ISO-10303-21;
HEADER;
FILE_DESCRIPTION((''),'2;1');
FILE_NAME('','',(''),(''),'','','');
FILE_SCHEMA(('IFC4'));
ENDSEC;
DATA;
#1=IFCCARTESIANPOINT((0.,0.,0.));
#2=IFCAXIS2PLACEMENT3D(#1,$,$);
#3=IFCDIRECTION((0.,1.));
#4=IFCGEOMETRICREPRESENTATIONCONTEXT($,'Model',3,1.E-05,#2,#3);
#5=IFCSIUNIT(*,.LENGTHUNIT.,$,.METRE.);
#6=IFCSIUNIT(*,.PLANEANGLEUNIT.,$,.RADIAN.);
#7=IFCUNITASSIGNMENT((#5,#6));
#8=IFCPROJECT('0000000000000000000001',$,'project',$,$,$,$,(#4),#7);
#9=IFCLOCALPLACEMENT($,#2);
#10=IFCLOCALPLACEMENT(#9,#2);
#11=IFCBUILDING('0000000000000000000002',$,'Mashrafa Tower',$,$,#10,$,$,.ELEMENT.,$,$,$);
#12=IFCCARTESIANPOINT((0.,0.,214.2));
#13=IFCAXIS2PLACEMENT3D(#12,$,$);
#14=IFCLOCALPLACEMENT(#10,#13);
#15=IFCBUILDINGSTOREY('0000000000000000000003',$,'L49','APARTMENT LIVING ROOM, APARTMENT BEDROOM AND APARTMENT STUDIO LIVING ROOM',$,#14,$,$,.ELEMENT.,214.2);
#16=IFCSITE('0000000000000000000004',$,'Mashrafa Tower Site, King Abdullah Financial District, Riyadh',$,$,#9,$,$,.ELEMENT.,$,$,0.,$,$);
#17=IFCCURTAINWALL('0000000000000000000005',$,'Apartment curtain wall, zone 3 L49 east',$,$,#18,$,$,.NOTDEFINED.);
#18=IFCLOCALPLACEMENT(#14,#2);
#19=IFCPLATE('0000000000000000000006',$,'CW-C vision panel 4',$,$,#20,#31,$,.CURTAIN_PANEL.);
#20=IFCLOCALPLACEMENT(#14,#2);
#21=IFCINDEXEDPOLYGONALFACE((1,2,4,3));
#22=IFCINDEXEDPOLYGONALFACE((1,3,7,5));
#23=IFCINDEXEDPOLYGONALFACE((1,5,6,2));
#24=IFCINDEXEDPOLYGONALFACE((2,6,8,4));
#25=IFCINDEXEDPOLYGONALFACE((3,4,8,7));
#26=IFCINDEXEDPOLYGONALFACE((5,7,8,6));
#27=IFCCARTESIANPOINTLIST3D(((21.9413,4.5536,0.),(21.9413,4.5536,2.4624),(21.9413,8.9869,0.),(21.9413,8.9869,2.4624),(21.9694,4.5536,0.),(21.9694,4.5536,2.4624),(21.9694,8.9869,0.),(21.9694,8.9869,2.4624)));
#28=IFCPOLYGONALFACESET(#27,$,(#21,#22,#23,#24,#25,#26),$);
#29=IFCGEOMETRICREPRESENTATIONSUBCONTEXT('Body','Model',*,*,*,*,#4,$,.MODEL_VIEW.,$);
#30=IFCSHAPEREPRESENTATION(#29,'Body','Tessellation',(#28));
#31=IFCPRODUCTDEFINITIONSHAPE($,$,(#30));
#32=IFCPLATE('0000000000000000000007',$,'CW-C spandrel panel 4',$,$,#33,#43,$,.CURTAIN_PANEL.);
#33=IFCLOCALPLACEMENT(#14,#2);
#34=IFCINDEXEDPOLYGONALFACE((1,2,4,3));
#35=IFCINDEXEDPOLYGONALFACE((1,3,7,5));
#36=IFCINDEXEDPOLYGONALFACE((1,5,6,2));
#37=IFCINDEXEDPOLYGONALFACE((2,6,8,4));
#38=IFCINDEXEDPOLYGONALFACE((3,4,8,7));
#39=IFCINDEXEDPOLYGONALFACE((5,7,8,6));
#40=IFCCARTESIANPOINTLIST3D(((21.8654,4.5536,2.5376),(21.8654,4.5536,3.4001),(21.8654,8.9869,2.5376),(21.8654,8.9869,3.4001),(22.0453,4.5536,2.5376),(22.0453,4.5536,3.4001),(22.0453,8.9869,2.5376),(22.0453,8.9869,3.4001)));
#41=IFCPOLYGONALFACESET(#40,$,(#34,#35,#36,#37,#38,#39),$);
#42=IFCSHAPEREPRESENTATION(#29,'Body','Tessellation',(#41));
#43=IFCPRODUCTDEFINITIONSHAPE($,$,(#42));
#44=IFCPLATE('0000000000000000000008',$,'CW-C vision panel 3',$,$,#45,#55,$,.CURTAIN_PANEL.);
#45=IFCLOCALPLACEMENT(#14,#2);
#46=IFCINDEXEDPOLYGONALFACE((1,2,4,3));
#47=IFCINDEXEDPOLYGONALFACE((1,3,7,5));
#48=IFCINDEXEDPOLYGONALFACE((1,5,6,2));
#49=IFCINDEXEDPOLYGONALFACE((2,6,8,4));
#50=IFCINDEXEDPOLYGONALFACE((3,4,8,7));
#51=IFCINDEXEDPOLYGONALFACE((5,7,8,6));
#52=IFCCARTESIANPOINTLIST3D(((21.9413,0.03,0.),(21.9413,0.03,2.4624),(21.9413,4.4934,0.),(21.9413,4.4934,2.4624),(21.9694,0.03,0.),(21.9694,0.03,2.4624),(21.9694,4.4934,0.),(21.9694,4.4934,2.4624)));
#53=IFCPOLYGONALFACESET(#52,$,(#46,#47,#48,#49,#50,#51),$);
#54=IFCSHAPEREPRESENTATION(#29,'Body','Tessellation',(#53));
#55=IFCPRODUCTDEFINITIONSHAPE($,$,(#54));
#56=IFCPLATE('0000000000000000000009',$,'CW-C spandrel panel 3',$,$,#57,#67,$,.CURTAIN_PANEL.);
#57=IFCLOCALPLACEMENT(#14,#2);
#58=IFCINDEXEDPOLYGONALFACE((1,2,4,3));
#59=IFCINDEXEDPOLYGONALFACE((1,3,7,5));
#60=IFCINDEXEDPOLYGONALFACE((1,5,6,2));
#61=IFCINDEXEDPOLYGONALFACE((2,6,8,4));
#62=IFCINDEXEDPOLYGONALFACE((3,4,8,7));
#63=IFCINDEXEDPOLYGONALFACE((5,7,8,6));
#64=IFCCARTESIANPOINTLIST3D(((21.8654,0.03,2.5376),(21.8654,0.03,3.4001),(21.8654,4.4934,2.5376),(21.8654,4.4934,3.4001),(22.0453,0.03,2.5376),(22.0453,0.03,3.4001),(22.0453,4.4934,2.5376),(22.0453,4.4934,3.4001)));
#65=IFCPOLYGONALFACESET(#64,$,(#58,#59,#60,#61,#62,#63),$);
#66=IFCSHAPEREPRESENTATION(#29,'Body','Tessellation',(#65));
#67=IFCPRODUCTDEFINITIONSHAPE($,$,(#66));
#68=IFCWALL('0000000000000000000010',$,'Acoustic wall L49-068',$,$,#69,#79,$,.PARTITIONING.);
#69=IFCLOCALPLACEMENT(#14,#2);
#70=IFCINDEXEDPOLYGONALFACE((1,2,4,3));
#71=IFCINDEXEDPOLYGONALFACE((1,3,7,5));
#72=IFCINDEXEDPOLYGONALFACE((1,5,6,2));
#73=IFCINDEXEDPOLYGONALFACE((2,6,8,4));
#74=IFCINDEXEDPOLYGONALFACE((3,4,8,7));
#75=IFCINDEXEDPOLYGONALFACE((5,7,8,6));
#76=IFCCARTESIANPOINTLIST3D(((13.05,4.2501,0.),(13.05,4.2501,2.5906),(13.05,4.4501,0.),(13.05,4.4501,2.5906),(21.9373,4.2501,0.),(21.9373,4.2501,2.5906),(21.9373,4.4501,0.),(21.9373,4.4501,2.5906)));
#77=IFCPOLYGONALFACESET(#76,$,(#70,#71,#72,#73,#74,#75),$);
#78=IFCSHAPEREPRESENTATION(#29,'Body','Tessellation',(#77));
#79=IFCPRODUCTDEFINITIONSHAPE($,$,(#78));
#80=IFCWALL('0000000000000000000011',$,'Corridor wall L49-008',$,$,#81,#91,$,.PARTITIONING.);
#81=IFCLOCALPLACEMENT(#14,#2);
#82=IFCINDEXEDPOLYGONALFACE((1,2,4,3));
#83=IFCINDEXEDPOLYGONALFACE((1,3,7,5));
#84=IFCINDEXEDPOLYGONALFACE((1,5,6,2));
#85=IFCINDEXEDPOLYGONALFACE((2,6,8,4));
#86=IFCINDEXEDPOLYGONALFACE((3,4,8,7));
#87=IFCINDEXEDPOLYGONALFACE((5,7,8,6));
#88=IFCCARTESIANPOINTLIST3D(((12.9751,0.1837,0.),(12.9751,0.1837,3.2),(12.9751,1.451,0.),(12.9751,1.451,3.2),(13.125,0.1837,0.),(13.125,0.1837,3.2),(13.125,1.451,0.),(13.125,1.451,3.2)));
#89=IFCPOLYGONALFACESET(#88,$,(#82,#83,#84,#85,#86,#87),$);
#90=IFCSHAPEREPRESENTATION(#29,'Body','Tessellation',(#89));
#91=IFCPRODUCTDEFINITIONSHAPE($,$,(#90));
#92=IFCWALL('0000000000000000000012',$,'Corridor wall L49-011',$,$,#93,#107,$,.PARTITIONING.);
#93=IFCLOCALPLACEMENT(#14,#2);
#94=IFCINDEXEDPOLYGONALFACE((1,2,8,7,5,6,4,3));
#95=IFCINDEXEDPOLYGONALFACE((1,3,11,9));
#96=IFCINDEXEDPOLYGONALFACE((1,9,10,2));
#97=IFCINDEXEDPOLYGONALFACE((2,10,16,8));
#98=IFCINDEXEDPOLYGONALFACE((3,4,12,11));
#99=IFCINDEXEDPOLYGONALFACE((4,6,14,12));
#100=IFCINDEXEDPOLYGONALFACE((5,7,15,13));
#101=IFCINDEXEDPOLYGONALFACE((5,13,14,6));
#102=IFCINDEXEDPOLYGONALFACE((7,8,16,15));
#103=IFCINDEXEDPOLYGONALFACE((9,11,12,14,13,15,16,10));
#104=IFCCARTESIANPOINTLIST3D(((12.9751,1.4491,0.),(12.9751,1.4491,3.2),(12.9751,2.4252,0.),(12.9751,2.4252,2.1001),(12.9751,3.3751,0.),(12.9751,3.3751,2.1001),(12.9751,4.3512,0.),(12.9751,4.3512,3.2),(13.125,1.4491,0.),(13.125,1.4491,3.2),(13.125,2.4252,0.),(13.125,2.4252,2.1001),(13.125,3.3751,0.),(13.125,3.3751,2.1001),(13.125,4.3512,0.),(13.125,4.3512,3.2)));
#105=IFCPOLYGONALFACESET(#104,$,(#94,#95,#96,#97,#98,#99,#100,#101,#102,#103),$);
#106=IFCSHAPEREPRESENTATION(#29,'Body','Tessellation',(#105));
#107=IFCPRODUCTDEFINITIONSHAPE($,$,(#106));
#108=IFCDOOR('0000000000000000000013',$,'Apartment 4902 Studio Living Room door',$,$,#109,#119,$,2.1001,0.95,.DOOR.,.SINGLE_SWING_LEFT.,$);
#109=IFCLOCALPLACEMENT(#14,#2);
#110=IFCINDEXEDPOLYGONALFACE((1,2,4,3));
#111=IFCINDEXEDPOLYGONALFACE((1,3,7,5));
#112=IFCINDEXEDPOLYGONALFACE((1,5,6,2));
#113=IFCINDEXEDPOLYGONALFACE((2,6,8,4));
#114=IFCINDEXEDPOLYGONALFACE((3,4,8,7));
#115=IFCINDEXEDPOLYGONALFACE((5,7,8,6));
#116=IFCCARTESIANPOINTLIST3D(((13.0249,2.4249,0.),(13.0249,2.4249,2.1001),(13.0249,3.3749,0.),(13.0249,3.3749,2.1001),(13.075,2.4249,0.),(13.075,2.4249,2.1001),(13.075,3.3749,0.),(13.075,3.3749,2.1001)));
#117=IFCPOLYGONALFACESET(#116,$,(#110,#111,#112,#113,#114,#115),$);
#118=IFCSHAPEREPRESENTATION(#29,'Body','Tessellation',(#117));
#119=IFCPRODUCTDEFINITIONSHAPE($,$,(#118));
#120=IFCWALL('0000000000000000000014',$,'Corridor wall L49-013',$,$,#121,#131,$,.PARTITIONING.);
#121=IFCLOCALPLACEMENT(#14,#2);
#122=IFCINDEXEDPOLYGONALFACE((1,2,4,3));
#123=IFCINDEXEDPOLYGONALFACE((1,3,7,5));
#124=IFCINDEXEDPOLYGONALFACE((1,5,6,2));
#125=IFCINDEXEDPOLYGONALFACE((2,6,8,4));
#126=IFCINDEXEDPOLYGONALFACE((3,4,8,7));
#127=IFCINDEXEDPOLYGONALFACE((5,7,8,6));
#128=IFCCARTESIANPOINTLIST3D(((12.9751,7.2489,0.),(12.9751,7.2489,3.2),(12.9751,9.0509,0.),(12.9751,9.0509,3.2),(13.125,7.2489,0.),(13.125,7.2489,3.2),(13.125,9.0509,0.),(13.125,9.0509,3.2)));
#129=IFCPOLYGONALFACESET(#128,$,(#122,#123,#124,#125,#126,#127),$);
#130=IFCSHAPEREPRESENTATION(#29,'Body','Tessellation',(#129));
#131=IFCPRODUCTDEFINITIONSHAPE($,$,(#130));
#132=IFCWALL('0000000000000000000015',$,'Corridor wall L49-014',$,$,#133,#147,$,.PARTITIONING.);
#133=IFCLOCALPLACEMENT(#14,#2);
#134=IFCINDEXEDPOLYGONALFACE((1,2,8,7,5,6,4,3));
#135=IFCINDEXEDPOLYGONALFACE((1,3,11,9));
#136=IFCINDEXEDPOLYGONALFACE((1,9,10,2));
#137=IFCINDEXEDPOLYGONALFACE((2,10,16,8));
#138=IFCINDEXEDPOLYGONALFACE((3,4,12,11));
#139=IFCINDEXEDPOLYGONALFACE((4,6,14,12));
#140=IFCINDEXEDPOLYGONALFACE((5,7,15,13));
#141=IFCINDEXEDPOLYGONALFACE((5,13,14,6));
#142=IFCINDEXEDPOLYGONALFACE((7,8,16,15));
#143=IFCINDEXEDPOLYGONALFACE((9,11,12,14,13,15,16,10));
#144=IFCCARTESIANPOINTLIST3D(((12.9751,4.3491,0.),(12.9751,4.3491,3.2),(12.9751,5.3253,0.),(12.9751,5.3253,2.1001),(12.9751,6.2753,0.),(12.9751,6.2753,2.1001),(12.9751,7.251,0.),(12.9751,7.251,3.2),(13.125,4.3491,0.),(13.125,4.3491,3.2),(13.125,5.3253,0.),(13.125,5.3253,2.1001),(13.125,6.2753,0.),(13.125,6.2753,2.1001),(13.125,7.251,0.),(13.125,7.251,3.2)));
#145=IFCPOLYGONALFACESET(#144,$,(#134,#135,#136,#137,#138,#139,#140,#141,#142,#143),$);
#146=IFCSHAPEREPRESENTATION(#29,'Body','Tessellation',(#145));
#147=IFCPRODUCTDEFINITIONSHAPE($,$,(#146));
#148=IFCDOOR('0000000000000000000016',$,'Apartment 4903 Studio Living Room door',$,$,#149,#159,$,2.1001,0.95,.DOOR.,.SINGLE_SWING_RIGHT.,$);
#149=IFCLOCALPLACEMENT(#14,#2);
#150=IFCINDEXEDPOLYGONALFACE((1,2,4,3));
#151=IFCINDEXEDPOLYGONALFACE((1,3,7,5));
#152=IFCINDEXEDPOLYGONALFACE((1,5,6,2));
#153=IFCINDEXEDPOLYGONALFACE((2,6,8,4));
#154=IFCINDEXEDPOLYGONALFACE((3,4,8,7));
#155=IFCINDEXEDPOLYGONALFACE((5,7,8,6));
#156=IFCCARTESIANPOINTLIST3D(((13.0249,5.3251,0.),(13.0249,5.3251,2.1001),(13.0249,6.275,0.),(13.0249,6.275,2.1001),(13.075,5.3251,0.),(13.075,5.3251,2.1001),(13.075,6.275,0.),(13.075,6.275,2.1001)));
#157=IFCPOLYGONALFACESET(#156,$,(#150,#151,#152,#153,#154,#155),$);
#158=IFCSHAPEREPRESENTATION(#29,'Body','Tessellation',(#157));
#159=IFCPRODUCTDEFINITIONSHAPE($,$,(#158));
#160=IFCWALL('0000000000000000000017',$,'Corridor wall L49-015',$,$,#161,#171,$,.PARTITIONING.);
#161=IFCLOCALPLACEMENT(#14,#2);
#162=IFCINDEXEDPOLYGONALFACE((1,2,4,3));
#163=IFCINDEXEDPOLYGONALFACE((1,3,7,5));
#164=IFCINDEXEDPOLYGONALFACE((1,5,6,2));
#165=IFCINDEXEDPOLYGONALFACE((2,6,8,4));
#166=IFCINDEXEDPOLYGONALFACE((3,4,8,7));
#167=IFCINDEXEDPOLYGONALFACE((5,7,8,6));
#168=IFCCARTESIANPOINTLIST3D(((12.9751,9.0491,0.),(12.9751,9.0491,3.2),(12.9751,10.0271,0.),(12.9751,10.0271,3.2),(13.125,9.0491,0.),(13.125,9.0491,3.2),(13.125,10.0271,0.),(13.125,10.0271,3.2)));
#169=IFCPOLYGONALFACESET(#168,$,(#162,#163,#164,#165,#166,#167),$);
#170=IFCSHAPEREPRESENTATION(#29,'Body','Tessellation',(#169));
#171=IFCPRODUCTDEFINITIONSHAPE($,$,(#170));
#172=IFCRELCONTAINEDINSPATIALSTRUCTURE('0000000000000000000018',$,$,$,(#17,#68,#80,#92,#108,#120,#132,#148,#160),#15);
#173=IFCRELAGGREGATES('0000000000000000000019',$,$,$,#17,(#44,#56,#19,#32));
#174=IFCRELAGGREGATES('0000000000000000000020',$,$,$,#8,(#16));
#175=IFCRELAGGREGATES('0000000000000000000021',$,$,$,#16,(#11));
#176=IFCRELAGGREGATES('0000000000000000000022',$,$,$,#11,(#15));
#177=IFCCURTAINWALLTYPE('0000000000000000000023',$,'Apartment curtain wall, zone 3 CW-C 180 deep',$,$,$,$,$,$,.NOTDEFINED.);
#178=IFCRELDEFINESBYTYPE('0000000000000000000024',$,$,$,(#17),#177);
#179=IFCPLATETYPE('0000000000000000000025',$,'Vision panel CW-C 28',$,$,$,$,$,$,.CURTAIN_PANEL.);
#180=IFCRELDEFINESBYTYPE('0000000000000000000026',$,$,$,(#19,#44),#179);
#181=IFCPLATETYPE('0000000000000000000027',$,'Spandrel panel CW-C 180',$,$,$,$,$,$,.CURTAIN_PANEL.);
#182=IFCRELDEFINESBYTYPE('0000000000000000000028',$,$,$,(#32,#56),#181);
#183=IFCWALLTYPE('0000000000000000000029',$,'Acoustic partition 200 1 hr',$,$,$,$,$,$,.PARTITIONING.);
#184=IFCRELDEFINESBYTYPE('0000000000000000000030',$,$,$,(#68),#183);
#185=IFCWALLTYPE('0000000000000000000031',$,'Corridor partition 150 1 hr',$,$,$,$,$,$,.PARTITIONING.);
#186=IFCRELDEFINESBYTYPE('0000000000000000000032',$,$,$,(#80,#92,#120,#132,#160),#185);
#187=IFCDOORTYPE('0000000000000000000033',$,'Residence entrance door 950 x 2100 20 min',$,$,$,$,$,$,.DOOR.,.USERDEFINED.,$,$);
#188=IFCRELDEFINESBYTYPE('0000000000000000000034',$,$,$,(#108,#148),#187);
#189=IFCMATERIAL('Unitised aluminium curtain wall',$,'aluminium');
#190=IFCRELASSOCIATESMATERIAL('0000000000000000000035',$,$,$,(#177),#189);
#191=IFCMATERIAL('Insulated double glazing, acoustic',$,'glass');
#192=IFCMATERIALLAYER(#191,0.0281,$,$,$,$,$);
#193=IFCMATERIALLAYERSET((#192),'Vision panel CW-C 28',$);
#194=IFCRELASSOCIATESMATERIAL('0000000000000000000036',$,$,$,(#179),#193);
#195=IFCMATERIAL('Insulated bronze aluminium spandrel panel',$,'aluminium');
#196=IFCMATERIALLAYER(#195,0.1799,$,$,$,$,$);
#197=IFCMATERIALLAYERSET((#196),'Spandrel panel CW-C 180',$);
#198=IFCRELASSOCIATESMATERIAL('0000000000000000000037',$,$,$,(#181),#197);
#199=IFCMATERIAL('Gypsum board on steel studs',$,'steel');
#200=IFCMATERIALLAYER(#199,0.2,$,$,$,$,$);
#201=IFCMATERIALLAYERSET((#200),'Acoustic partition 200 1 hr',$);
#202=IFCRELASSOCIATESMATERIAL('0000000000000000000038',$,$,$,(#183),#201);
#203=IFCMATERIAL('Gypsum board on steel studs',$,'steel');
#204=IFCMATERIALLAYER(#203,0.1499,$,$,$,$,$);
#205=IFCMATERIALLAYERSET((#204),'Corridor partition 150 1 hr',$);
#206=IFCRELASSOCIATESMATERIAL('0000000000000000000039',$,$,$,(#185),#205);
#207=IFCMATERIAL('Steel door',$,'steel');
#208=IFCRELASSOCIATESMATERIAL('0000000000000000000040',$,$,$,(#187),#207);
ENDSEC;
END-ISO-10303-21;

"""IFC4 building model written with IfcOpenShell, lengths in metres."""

from ifc_helpers import new_model, si_unit, direction, frame, frame_2d, origin, origin_2d, place, context, subcontext, project, spatial, rectangle, extrude, source, transform, mapped, material, layer, layer_set, type_object, type_shapes, element, fill, aggregate, save


model = new_model("IFC4")

# Units and contexts
model_context = context("Model", 3, precision=1e-05, world=origin(), true_north=direction((0.0, 1.0)))
body_context = subcontext(model_context, "Body", "Model", "MODEL_VIEW")
ifc_project = project(units=[si_unit("LENGTHUNIT", "METRE"), si_unit("PLANEANGLEUNIT", "RADIAN")], contexts=[model_context])

# Site, building, storey
site_placement = place(None, origin())
site = spatial("IfcSite", under=ifc_project, at=site_placement, Name="Mashrafa Tower Site, King Abdullah Financial District, Riyadh", CompositionType="ELEMENT", RefElevation=0.0)
building_placement = place(site_placement, origin())
building = spatial("IfcBuilding", under=site, at=building_placement, Name="Mashrafa Tower", CompositionType="ELEMENT")
storey_placement = place(building_placement, frame((0.0, 0.0, 214.2)))
storey = spatial("IfcBuildingStorey", under=building, at=storey_placement, Name="L49", Description="APARTMENT LIVING ROOM, APARTMENT BEDROOM AND APARTMENT STUDIO LIVING ROOM", CompositionType="ELEMENT", Elevation=214.2)

# Curtain wall
ifc_material_1 = material(Name="Unitised aluminium curtain wall", Category="aluminium")
curtain_wall_type = type_object("IfcCurtainWallType", Name="Apartment curtain wall, zone 3 CW-C 180 deep", PredefinedType="NOTDEFINED", material=ifc_material_1)
curtain_wall_1_placement = place(storey_placement, origin())
curtain_wall_1 = element("IfcCurtainWall", 1, at=curtain_wall_1_placement, inside=storey, type_object=curtain_wall_type, Name="Apartment curtain wall, zone 3 L49 east", PredefinedType="NOTDEFINED")

# Plates
ifc_material_2 = material(Name="Insulated double glazing, acoustic", Category="glass")
ifc_layer_1 = layer(ifc_material_2, 0.0281)
ifc_layer_set_1 = layer_set([ifc_layer_1], Name="Vision panel CW-C 28")
plate_type_1 = type_object("IfcPlateType", Name="Vision panel CW-C 28", PredefinedType="CURTAIN_PANEL", material=ifc_layer_set_1)
shared_shape_1 = source(origin(), body_context, "Body", "SweptSolid", [
    extrude(rectangle(XDim=4.4333, YDim=0.0281, at=origin_2d()), origin(), (0.0, 0.0, 1.0), 2.4624),
])
plate_1_placement = place(storey_placement, frame((21.9553, 6.7703, 0.0), z_axis=(0.0, 0.0, 1.0), x_axis=(0.0, 1.0, 0.0)))
plate_1 = element("IfcPlate", 2, at=plate_1_placement, type_object=plate_type_1, Name="CW-C vision panel 4", PredefinedType="CURTAIN_PANEL", context=body_context, shape_type="MappedRepresentation", body=[
    mapped(shared_shape_1, transform((0.0, 0.0, 0.0))),
])
ifc_material_3 = material(Name="Insulated bronze aluminium spandrel panel", Category="aluminium")
ifc_layer_2 = layer(ifc_material_3, 0.1799)
ifc_layer_set_2 = layer_set([ifc_layer_2], Name="Spandrel panel CW-C 180")
plate_type_2 = type_object("IfcPlateType", Name="Spandrel panel CW-C 180", PredefinedType="CURTAIN_PANEL", material=ifc_layer_set_2)
shared_shape_2 = source(origin(), body_context, "Body", "SweptSolid", [
    extrude(rectangle(XDim=4.4333, YDim=0.1799, at=origin_2d()), origin(), (0.0, 0.0, 1.0), 0.8625),
])
plate_2_placement = place(storey_placement, frame((21.9553, 6.7703, 2.5376), z_axis=(0.0, 0.0, 1.0), x_axis=(0.0, 1.0, 0.0)))
plate_2 = element("IfcPlate", 3, at=plate_2_placement, type_object=plate_type_2, Name="CW-C spandrel panel 4", PredefinedType="CURTAIN_PANEL", context=body_context, shape_type="MappedRepresentation", body=[
    mapped(shared_shape_2, transform((0.0, 0.0, 0.0))),
])
shared_shape_3 = source(origin(), body_context, "Body", "SweptSolid", [
    extrude(rectangle(XDim=4.4634, YDim=0.0281, at=origin_2d()), origin(), (0.0, 0.0, 1.0), 2.4624),
])
type_shapes(plate_type_1, [shared_shape_1, shared_shape_3])
plate_3_placement = place(storey_placement, frame((21.9553, 2.2617, 0.0), z_axis=(0.0, 0.0, 1.0), x_axis=(0.0, 1.0, 0.0)))
plate_3 = element("IfcPlate", 4, at=plate_3_placement, type_object=plate_type_1, Name="CW-C vision panel 3", PredefinedType="CURTAIN_PANEL", context=body_context, shape_type="MappedRepresentation", body=[
    mapped(shared_shape_3, transform((0.0, 0.0, 0.0))),
])
shared_shape_4 = source(origin(), body_context, "Body", "SweptSolid", [
    extrude(rectangle(XDim=4.4634, YDim=0.1799, at=origin_2d()), origin(), (0.0, 0.0, 1.0), 0.8625),
])
type_shapes(plate_type_2, [shared_shape_2, shared_shape_4])
plate_4_placement = place(storey_placement, frame((21.9553, 2.2617, 2.5376), z_axis=(0.0, 0.0, 1.0), x_axis=(0.0, 1.0, 0.0)))
plate_4 = element("IfcPlate", 5, at=plate_4_placement, type_object=plate_type_2, Name="CW-C spandrel panel 3", PredefinedType="CURTAIN_PANEL", context=body_context, shape_type="MappedRepresentation", body=[
    mapped(shared_shape_4, transform((0.0, 0.0, 0.0))),
])
aggregate(curtain_wall_1, [plate_3, plate_4, plate_1, plate_2])

# Walls
ifc_material_4 = material(Name="Gypsum board on steel studs", Category="steel")
ifc_layer_3 = layer(ifc_material_4, 0.2)
ifc_layer_set_3 = layer_set([ifc_layer_3], Name="Acoustic partition 200 1 hr")
wall_type_1 = type_object("IfcWallType", Name="Acoustic partition 200 1 hr", PredefinedType="PARTITIONING", material=ifc_layer_set_3)
wall_1_placement = place(storey_placement, frame((21.9373, 4.3501, 0.0), z_axis=(0.0, 0.0, 1.0), x_axis=(-1.0, 0.0, 0.0)))
element("IfcWall", 6, at=wall_1_placement, inside=storey, type_object=wall_type_1, Name="Acoustic wall L49-068", PredefinedType="PARTITIONING", context=body_context, shape_type="SweptSolid", body=[
    extrude(rectangle(XDim=8.8872, YDim=0.2, at=frame_2d((4.4436, 0.0))), origin(), (0.0, 0.0, 1.0), 2.5906),
])
ifc_material_5 = material(Name="Gypsum board on steel studs", Category="steel")
ifc_layer_4 = layer(ifc_material_5, 0.1499)
ifc_layer_set_4 = layer_set([ifc_layer_4], Name="Corridor partition 150 1 hr")
wall_type_2 = type_object("IfcWallType", Name="Corridor partition 150 1 hr", PredefinedType="PARTITIONING", material=ifc_layer_set_4)
wall_2_placement = place(storey_placement, frame((13.05, 0.1836, 0.0), z_axis=(0.0, 0.0, 1.0), x_axis=(0.0, 1.0, 0.0)))
element("IfcWall", 7, at=wall_2_placement, inside=storey, type_object=wall_type_2, Name="Corridor wall L49-008", PredefinedType="PARTITIONING", context=body_context, shape_type="SweptSolid", body=[
    extrude(rectangle(XDim=1.2673, YDim=0.1499, at=frame_2d((0.6338, 0.0))), origin(), (0.0, 0.0, 1.0), 3.2),
])

# Wall, opening, door
wall_3_placement = place(storey_placement, frame((13.05, 1.449, 0.0), z_axis=(0.0, 0.0, 1.0), x_axis=(0.0, 1.0, 0.0)))
wall_3 = element("IfcWall", 8, at=wall_3_placement, inside=storey, type_object=wall_type_2, Name="Corridor wall L49-011", PredefinedType="PARTITIONING", context=body_context, shape_type="SweptSolid", body=[
    extrude(rectangle(XDim=2.9021, YDim=0.1499, at=frame_2d((1.4512, 0.0))), origin(), (0.0, 0.0, 1.0), 3.2),
])
opening_1_placement = place(wall_3_placement, frame((0.9761, 0.0, 0.0)))
opening_1 = element("IfcOpeningElement", 9, at=opening_1_placement, cuts=wall_3, PredefinedType="OPENING", context=body_context, shape_type="SweptSolid", body=[
    extrude(rectangle(XDim=0.95, YDim=2.1001, at=frame_2d((0.4751, 1.05))), frame((0.0, 0.085, 0.0), z_axis=(0.0, -1.0, 0.0), x_axis=(1.0, 0.0, 0.0)), (0.0, 0.0, 1.0), 0.1699),
])
ifc_material_6 = material(Name="Steel door", Category="steel")
door_type = type_object("IfcDoorType", Name="Residence entrance door 950 x 2100 20 min", OperationType="USERDEFINED", PredefinedType="DOOR", material=ifc_material_6)
door_1_placement = place(opening_1_placement, frame((0.95, 0.0, 0.0), z_axis=(0.0, 0.0, 1.0), x_axis=(-1.0, 0.0, 0.0)))
door_1 = element("IfcDoor", 10, at=door_1_placement, inside=storey, type_object=door_type, Name="Apartment 4902 Studio Living Room door", OperationType="SINGLE_SWING_LEFT", OverallHeight=2.1001, OverallWidth=0.95, PredefinedType="DOOR", context=body_context, shape_type="SweptSolid", body=[
    extrude(rectangle(XDim=0.95, YDim=2.1001, at=frame_2d((0.4751, 1.05))), frame((0.0, 0.0249, 0.0), z_axis=(0.0, -1.0, 0.0), x_axis=(1.0, 0.0, 0.0)), (0.0, 0.0, 1.0), 0.05),
])
fill(opening_1, door_1)

# Wall
wall_4_placement = place(storey_placement, frame((13.05, 7.249, 0.0), z_axis=(0.0, 0.0, 1.0), x_axis=(0.0, 1.0, 0.0)))
element("IfcWall", 11, at=wall_4_placement, inside=storey, type_object=wall_type_2, Name="Corridor wall L49-013", PredefinedType="PARTITIONING", context=body_context, shape_type="SweptSolid", body=[
    extrude(rectangle(XDim=1.802, YDim=0.1499, at=frame_2d((0.9009, 0.0))), origin(), (0.0, 0.0, 1.0), 3.2),
])

# Wall, opening, door
wall_5_placement = place(storey_placement, frame((13.05, 4.3491, 0.0), z_axis=(0.0, 0.0, 1.0), x_axis=(0.0, 1.0, 0.0)))
wall_5 = element("IfcWall", 12, at=wall_5_placement, inside=storey, type_object=wall_type_2, Name="Corridor wall L49-014", PredefinedType="PARTITIONING", context=body_context, shape_type="SweptSolid", body=[
    extrude(rectangle(XDim=2.9019, YDim=0.1499, at=frame_2d((1.4509, 0.0))), origin(), (0.0, 0.0, 1.0), 3.2),
])
opening_2_placement = place(wall_5_placement, frame((0.9761, 0.0, 0.0)))
opening_2 = element("IfcOpeningElement", 13, at=opening_2_placement, cuts=wall_5, PredefinedType="OPENING", context=body_context, shape_type="SweptSolid", body=[
    extrude(rectangle(XDim=0.95, YDim=2.1001, at=frame_2d((0.4751, 1.05))), frame((0.0, 0.085, 0.0), z_axis=(0.0, -1.0, 0.0), x_axis=(1.0, 0.0, 0.0)), (0.0, 0.0, 1.0), 0.1699),
])
door_2_placement = place(opening_2_placement, frame((0.95, 0.0, 0.0), z_axis=(0.0, 0.0, 1.0), x_axis=(-1.0, 0.0, 0.0)))
door_2 = element("IfcDoor", 14, at=door_2_placement, inside=storey, type_object=door_type, Name="Apartment 4903 Studio Living Room door", OperationType="SINGLE_SWING_RIGHT", OverallHeight=2.1001, OverallWidth=0.95, PredefinedType="DOOR", context=body_context, shape_type="SweptSolid", body=[
    extrude(rectangle(XDim=0.95, YDim=2.1001, at=frame_2d((0.4751, 1.05))), frame((0.0, 0.0249, 0.0), z_axis=(0.0, -1.0, 0.0), x_axis=(1.0, 0.0, 0.0)), (0.0, 0.0, 1.0), 0.05),
])
fill(opening_2, door_2)

# Wall
wall_6_placement = place(storey_placement, frame((13.05, 9.0491, 0.0), z_axis=(0.0, 0.0, 1.0), x_axis=(0.0, 1.0, 0.0)))
element("IfcWall", 15, at=wall_6_placement, inside=storey, type_object=wall_type_2, Name="Corridor wall L49-015", PredefinedType="PARTITIONING", context=body_context, shape_type="SweptSolid", body=[
    extrude(rectangle(XDim=0.978, YDim=0.1499, at=frame_2d((0.489, 0.0))), origin(), (0.0, 0.0, 1.0), 3.2),
])

save(model, "model.ifc")
